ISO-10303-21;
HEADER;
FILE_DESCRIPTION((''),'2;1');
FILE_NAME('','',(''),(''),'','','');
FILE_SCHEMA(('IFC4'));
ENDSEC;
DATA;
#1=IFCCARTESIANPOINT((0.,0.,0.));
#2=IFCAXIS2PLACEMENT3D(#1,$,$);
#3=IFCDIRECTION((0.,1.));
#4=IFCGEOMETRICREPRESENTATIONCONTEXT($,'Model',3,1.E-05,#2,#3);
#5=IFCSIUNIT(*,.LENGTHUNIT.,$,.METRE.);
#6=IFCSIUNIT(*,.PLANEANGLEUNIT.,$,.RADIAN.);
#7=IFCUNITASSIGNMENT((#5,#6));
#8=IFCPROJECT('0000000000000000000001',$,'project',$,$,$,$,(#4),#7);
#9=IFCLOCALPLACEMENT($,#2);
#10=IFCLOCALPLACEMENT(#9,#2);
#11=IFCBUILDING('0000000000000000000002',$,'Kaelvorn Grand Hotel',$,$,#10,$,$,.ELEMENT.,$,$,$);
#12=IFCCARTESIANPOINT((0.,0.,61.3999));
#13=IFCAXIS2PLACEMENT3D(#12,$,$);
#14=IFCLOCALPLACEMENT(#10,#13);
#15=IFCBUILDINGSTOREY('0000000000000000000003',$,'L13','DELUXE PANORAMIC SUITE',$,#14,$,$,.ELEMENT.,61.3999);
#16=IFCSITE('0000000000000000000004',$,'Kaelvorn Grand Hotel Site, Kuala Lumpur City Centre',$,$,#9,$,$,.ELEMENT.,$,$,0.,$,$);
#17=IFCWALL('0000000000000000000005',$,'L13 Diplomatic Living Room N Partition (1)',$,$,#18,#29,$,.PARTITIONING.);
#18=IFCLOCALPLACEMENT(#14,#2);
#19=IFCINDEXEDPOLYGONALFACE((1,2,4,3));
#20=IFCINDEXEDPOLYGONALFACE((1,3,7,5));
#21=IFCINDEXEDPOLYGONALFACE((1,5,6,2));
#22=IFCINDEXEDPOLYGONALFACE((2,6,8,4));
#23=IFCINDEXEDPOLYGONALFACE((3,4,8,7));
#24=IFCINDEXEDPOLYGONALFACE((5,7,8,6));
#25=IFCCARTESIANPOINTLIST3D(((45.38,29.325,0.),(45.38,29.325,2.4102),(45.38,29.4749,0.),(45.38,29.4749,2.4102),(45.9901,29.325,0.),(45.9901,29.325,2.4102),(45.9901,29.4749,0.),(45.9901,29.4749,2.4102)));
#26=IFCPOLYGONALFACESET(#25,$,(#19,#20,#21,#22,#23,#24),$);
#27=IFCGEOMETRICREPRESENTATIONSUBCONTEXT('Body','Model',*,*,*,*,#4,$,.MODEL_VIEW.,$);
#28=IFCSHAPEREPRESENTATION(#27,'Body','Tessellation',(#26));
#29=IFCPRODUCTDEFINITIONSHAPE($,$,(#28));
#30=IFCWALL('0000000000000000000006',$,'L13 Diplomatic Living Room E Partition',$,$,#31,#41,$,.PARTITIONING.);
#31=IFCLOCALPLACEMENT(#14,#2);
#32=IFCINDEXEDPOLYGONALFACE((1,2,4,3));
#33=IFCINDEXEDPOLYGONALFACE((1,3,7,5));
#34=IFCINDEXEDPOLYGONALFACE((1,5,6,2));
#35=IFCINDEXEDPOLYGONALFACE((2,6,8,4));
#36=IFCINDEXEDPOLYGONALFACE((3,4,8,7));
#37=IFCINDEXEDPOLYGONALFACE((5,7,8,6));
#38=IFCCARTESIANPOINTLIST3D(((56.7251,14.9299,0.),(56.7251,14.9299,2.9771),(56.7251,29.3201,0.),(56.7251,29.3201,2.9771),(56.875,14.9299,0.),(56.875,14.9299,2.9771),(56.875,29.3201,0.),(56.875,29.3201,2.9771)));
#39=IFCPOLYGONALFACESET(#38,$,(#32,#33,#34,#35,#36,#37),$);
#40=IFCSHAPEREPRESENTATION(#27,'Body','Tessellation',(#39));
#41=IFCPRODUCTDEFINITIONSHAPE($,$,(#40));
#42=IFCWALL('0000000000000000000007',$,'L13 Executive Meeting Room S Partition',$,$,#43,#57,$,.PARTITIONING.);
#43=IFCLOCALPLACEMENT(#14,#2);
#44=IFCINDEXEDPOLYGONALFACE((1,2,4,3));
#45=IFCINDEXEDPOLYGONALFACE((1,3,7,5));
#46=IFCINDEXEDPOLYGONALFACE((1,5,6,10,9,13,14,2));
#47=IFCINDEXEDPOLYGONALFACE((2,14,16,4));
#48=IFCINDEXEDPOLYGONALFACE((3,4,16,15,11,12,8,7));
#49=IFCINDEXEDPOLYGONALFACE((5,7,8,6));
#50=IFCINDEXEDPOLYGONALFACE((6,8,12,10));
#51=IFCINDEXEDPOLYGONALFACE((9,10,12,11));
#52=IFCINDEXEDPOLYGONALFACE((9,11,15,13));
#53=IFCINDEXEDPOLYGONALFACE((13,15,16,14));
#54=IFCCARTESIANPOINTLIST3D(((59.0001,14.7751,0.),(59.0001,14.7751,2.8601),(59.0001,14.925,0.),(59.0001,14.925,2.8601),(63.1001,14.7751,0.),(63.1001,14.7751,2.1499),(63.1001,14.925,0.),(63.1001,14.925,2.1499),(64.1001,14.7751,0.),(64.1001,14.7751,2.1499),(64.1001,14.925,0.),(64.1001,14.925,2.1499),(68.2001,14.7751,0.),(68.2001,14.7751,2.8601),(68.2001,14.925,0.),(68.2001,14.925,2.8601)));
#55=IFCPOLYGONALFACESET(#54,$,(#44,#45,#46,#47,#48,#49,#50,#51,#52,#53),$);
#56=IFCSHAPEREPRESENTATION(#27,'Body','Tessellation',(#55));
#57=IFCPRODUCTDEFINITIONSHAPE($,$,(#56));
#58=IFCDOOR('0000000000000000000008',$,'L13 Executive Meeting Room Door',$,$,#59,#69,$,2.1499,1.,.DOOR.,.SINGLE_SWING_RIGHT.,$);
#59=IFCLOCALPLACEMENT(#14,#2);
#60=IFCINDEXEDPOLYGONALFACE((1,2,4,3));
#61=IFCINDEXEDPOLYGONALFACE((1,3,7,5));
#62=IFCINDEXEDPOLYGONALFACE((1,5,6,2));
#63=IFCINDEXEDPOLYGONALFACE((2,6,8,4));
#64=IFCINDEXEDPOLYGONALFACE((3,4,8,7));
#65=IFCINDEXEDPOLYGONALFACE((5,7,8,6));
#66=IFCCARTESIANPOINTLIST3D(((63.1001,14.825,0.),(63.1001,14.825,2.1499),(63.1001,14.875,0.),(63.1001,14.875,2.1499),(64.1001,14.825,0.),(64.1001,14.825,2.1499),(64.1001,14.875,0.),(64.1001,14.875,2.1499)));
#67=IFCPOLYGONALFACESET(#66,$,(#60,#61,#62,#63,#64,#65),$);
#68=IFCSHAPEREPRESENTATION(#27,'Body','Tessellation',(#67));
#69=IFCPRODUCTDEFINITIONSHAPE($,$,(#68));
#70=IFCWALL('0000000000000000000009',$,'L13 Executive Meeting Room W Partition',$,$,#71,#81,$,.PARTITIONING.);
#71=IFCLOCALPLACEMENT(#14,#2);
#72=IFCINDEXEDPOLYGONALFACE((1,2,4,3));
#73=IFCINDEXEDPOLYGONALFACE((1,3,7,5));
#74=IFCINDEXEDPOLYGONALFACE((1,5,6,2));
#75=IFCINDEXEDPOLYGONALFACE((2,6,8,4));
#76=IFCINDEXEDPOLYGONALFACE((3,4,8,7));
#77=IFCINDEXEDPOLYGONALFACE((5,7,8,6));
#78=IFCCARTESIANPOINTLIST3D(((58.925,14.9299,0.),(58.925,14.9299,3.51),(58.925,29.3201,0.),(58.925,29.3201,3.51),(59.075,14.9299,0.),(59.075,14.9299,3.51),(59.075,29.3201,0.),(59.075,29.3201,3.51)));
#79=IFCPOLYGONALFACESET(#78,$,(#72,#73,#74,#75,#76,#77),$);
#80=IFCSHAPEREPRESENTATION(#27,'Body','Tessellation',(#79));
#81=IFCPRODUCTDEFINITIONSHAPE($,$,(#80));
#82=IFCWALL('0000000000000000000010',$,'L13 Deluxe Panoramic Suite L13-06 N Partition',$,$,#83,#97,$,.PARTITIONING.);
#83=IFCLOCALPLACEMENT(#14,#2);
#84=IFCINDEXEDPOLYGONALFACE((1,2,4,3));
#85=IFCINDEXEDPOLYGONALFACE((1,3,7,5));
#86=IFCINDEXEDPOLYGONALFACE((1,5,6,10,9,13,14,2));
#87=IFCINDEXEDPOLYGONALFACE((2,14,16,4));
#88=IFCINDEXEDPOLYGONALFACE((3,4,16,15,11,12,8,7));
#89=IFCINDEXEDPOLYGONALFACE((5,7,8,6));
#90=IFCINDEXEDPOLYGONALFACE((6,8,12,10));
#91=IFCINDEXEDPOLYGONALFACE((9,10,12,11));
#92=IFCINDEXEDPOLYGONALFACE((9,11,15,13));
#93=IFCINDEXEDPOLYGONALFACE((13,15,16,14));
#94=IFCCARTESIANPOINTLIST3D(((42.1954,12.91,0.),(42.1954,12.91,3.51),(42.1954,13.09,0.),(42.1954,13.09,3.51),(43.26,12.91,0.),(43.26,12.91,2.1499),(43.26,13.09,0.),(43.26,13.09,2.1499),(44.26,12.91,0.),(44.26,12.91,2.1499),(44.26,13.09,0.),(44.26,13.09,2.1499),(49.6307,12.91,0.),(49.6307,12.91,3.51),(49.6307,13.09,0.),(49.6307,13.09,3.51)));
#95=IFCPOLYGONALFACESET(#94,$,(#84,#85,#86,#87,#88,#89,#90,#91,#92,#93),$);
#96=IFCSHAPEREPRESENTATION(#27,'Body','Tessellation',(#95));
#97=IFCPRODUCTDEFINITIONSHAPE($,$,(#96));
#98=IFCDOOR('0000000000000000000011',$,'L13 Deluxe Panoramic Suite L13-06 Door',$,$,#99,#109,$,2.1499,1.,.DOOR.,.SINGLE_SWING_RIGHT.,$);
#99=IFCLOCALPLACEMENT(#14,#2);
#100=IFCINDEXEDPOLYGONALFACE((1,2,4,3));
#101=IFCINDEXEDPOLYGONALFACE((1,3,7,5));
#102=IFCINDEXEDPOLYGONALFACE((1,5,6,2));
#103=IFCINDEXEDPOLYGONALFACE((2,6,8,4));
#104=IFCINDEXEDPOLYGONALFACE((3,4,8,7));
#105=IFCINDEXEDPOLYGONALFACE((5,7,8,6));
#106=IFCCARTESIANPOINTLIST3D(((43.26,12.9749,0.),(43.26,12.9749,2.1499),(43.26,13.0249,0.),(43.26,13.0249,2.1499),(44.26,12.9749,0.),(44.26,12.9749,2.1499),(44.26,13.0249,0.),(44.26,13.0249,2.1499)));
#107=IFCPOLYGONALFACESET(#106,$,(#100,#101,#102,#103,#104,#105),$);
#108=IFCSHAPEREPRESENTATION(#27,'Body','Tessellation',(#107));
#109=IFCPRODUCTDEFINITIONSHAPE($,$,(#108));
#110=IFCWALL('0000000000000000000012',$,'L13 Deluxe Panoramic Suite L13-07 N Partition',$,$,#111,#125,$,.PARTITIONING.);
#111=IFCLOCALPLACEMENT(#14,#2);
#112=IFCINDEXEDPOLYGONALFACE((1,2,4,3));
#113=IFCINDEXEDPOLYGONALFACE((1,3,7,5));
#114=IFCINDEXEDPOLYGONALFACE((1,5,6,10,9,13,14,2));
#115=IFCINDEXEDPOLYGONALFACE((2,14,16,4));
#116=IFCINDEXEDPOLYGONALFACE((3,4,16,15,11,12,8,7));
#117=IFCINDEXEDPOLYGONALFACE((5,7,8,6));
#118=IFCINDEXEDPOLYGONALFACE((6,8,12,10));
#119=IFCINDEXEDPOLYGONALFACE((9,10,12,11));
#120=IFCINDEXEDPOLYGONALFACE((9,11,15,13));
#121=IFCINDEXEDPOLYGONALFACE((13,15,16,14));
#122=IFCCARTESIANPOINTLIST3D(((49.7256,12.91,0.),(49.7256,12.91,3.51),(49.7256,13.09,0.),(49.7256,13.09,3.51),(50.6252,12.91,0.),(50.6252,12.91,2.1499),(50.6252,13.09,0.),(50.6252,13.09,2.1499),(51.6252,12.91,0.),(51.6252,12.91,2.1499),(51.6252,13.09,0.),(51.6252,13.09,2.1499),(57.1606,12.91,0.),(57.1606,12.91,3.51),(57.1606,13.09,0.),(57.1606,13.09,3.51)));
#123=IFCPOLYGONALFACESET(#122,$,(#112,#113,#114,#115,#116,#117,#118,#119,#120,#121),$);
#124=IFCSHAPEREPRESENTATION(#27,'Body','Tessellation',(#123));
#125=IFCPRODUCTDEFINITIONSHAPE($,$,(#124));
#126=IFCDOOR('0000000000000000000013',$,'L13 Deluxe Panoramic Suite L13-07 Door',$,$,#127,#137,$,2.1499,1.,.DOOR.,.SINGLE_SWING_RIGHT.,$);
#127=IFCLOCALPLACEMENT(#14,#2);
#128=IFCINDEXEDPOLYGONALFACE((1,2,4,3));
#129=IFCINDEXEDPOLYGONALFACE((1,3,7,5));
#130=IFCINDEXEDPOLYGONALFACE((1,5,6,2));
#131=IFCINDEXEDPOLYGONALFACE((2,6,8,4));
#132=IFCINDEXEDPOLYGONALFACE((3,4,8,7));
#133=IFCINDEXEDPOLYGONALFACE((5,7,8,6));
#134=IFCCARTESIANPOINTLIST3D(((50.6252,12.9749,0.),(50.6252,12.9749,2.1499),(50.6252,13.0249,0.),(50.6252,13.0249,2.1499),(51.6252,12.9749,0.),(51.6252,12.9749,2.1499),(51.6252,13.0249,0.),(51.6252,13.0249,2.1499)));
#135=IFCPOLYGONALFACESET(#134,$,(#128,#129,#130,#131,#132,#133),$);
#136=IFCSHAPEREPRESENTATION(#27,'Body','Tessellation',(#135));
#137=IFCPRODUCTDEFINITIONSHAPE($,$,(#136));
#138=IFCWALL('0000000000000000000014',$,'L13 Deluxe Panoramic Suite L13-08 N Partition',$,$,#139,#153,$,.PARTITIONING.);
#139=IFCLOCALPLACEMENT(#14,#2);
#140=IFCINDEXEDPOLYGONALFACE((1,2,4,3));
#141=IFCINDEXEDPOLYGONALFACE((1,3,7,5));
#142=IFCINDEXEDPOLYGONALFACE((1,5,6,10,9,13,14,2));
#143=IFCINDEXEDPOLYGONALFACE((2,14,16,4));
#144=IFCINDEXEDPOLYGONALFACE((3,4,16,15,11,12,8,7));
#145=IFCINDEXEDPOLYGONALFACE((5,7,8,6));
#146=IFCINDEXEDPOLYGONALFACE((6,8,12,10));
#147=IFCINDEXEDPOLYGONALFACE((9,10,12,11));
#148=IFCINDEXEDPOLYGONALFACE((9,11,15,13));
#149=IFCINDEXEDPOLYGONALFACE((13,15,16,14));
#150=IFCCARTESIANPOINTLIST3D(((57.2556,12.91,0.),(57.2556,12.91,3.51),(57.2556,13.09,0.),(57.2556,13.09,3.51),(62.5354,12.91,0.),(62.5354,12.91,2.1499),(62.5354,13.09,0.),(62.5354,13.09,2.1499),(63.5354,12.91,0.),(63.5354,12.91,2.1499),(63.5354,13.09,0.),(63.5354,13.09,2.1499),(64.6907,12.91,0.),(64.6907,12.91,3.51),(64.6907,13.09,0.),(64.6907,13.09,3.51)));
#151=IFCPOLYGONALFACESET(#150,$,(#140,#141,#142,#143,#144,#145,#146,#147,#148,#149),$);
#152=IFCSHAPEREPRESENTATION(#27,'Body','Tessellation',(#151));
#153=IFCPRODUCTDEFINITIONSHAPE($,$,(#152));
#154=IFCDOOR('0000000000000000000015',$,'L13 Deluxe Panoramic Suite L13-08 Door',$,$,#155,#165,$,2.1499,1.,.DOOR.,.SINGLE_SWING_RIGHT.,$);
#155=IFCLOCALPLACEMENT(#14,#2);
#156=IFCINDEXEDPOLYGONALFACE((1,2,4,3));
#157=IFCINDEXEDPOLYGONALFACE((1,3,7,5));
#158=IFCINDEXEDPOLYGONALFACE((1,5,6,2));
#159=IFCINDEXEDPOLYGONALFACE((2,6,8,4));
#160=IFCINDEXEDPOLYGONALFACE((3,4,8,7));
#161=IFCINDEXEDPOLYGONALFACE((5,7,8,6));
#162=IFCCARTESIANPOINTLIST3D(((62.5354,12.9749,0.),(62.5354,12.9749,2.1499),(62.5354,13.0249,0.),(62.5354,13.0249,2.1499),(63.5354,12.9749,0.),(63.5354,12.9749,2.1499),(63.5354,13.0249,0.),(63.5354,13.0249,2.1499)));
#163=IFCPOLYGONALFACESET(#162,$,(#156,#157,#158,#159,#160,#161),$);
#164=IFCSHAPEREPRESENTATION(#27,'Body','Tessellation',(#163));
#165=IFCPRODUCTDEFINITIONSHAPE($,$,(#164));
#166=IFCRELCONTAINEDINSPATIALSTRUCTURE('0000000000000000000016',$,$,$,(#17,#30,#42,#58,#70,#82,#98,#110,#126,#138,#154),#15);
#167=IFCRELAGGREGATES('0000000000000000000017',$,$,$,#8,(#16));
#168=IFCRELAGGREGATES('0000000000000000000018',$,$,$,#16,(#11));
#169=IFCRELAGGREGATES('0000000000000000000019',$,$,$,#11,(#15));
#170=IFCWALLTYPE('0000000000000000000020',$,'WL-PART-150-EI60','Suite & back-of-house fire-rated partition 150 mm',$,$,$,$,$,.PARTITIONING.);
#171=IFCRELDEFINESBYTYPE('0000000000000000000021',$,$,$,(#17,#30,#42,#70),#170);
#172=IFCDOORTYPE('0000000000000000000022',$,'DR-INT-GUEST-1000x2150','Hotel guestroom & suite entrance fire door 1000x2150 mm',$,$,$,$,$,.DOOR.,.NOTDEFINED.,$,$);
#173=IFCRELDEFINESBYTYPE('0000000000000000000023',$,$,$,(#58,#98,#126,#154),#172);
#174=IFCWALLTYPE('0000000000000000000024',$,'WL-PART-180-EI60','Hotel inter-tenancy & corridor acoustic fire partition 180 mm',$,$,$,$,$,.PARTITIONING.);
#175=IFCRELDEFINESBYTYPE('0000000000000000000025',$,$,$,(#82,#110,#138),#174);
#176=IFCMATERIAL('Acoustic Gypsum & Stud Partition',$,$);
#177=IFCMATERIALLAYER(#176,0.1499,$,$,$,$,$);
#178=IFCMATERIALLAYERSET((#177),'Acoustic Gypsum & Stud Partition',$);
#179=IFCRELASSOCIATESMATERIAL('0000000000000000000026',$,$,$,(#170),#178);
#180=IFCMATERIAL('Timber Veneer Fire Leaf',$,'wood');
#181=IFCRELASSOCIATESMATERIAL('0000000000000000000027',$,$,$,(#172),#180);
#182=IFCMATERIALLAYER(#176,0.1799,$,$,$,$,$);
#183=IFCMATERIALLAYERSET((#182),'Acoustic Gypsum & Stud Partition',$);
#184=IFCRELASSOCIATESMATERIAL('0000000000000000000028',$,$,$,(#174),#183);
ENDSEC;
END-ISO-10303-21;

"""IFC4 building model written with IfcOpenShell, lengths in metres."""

from ifc_helpers import new_model, si_unit, direction, frame, frame_2d, origin, place, context, subcontext, project, spatial, rectangle, extrude, material, layer, layer_set, type_object, element, fill, save


model = new_model("IFC4")

# Units and contexts
model_context = context("Model", 3, precision=1e-05, world=origin(), true_north=direction((0.0, 1.0)))
body_context = subcontext(model_context, "Body", "Model", "MODEL_VIEW")
ifc_project = project(units=[si_unit("LENGTHUNIT", "METRE"), si_unit("PLANEANGLEUNIT", "RADIAN")], contexts=[model_context])

# Site, building, storey
site_placement = place(None, origin())
site = spatial("IfcSite", under=ifc_project, at=site_placement, Name="Kaelvorn Grand Hotel Site, Kuala Lumpur City Centre", CompositionType="ELEMENT", RefElevation=0.0)
building_placement = place(site_placement, origin())
building = spatial("IfcBuilding", under=site, at=building_placement, Name="Kaelvorn Grand Hotel", CompositionType="ELEMENT")
storey_placement = place(building_placement, frame((0.0, 0.0, 61.3999)))
storey = spatial("IfcBuildingStorey", under=building, at=storey_placement, Name="L13", Description="DELUXE PANORAMIC SUITE", CompositionType="ELEMENT", Elevation=61.3999)

# Shared definitions
ifc_material_1 = material(Name="Acoustic Gypsum & Stud Partition")
ifc_layer_1 = layer(ifc_material_1, 0.1499)
ifc_layer_set_1 = layer_set([ifc_layer_1], Name="Acoustic Gypsum & Stud Partition")
wall_type_1 = type_object("IfcWallType", Name="WL-PART-150-EI60", Description="Suite & back-of-house fire-rated partition 150 mm", PredefinedType="PARTITIONING", material=ifc_layer_set_1)

# Shared definitions
ifc_material_2 = material(Name="Timber Veneer Fire Leaf", Category="wood")
door_type_1 = type_object("IfcDoorType", Name="DR-INT-GUEST-1000x2150", Description="Hotel guestroom & suite entrance fire door 1000x2150 mm", OperationType="NOTDEFINED", PredefinedType="DOOR", material=ifc_material_2)

# Walls
wall_1_placement = place(storey_placement, frame((45.3799, 29.3999, 0.0), z_axis=(0.0, 0.0, 1.0), x_axis=(1.0, 0.0, 0.0)))
element("IfcWall", 1, at=wall_1_placement, inside=storey, type_object=wall_type_1, Name="L13 Diplomatic Living Room N Partition (1)", PredefinedType="PARTITIONING", context=body_context, shape_type="SweptSolid", body=[
    extrude(rectangle(XDim=0.6101, YDim=0.1499, at=frame_2d((0.3052, 0.0))), origin(), (0.0, 0.0, 1.0), 2.4102),
])
wall_2_placement = place(storey_placement, frame((56.8, 14.9299, 0.0), z_axis=(0.0, 0.0, 1.0), x_axis=(0.0, 1.0, 0.0)))
element("IfcWall", 2, at=wall_2_placement, inside=storey, type_object=wall_type_1, Name="L13 Diplomatic Living Room E Partition", PredefinedType="PARTITIONING", context=body_context, shape_type="SweptSolid", body=[
    extrude(rectangle(XDim=14.3901, YDim=0.1499, at=frame_2d((7.1951, 0.0))), origin(), (0.0, 0.0, 1.0), 2.9771),
])

# Wall, opening, door
wall_3_placement = place(storey_placement, frame((59.0, 14.8501, 0.0), z_axis=(0.0, 0.0, 1.0), x_axis=(1.0, 0.0, 0.0)))
wall_3 = element("IfcWall", 3, at=wall_3_placement, inside=storey, type_object=wall_type_1, Name="L13 Executive Meeting Room S Partition", PredefinedType="PARTITIONING", context=body_context, shape_type="SweptSolid", body=[
    extrude(rectangle(XDim=9.2, YDim=0.1499, at=frame_2d((4.6001, 0.0))), origin(), (0.0, 0.0, 1.0), 2.8601),
])
opening_1_placement = place(wall_3_placement, frame((4.1001, 0.0, 0.0)))
opening_1 = element("IfcOpeningElement", 4, at=opening_1_placement, cuts=wall_3, PredefinedType="OPENING", context=body_context, shape_type="SweptSolid", body=[
    extrude(rectangle(XDim=1.0, YDim=2.1499, at=frame_2d((0.5, 1.075))), frame((0.0, 0.085, 0.0), z_axis=(0.0, -1.0, 0.0), x_axis=(1.0, 0.0, 0.0)), (0.0, 0.0, 1.0), 0.1699),
])
door_1_placement = place(opening_1_placement, origin())
door_1 = element("IfcDoor", 5, at=door_1_placement, inside=storey, type_object=door_type_1, Name="L13 Executive Meeting Room Door", OperationType="SINGLE_SWING_RIGHT", OverallHeight=2.1499, OverallWidth=1.0, PredefinedType="DOOR", context=body_context, shape_type="SweptSolid", body=[
    extrude(rectangle(XDim=1.0, YDim=2.1499, at=frame_2d((0.5, 1.075))), frame((0.0, 0.0249, 0.0), z_axis=(0.0, -1.0, 0.0), x_axis=(1.0, 0.0, 0.0)), (0.0, 0.0, 1.0), 0.05),
])
fill(opening_1, door_1)

# Wall
wall_4_placement = place(storey_placement, frame((59.0, 14.9299, 0.0), z_axis=(0.0, 0.0, 1.0), x_axis=(0.0, 1.0, 0.0)))
element("IfcWall", 6, at=wall_4_placement, inside=storey, type_object=wall_type_1, Name="L13 Executive Meeting Room W Partition", PredefinedType="PARTITIONING", context=body_context, shape_type="SweptSolid", body=[
    extrude(rectangle(XDim=14.3901, YDim=0.1499, at=frame_2d((7.1951, 0.0))), origin(), (0.0, 0.0, 1.0), 3.51),
])

# Walls, openings, doors
ifc_layer_2 = layer(ifc_material_1, 0.1799)
ifc_layer_set_2 = layer_set([ifc_layer_2], Name="Acoustic Gypsum & Stud Partition")
wall_type_2 = type_object("IfcWallType", Name="WL-PART-180-EI60", Description="Hotel inter-tenancy & corridor acoustic fire partition 180 mm", PredefinedType="PARTITIONING", material=ifc_layer_set_2)
wall_5_placement = place(storey_placement, frame((42.1953, 13.0, 0.0), z_axis=(0.0, 0.0, 1.0), x_axis=(1.0, 0.0, 0.0)))
wall_5 = element("IfcWall", 7, at=wall_5_placement, inside=storey, type_object=wall_type_2, Name="L13 Deluxe Panoramic Suite L13-06 N Partition", PredefinedType="PARTITIONING", context=body_context, shape_type="SweptSolid", body=[
    extrude(rectangle(XDim=7.4353, YDim=0.1799, at=frame_2d((3.7178, 0.0))), origin(), (0.0, 0.0, 1.0), 3.51),
])
opening_2_placement = place(wall_5_placement, frame((1.0647, 0.0, 0.0)))
opening_2 = element("IfcOpeningElement", 8, at=opening_2_placement, cuts=wall_5, PredefinedType="OPENING", context=body_context, shape_type="SweptSolid", body=[
    extrude(rectangle(XDim=1.0, YDim=2.1499, at=frame_2d((0.5, 1.075))), frame((0.0, 0.1001, 0.0), z_axis=(0.0, -1.0, 0.0), x_axis=(1.0, 0.0, 0.0)), (0.0, 0.0, 1.0), 0.2),
])
door_2_placement = place(opening_2_placement, origin())
door_2 = element("IfcDoor", 9, at=door_2_placement, inside=storey, type_object=door_type_1, Name="L13 Deluxe Panoramic Suite L13-06 Door", OperationType="SINGLE_SWING_RIGHT", OverallHeight=2.1499, OverallWidth=1.0, PredefinedType="DOOR", context=body_context, shape_type="SweptSolid", body=[
    extrude(rectangle(XDim=1.0, YDim=2.1499, at=frame_2d((0.5, 1.075))), frame((0.0, 0.0249, 0.0), z_axis=(0.0, -1.0, 0.0), x_axis=(1.0, 0.0, 0.0)), (0.0, 0.0, 1.0), 0.05),
])
fill(opening_2, door_2)
wall_6_placement = place(storey_placement, frame((49.7256, 13.0, 0.0), z_axis=(0.0, 0.0, 1.0), x_axis=(1.0, 0.0, 0.0)))
wall_6 = element("IfcWall", 10, at=wall_6_placement, inside=storey, type_object=wall_type_2, Name="L13 Deluxe Panoramic Suite L13-07 N Partition", PredefinedType="PARTITIONING", context=body_context, shape_type="SweptSolid", body=[
    extrude(rectangle(XDim=7.4351, YDim=0.1799, at=frame_2d((3.7175, 0.0))), origin(), (0.0, 0.0, 1.0), 3.51),
])
opening_3_placement = place(wall_6_placement, frame((0.8997, 0.0, 0.0)))
opening_3 = element("IfcOpeningElement", 11, at=opening_3_placement, cuts=wall_6, PredefinedType="OPENING", context=body_context, shape_type="SweptSolid", body=[
    extrude(rectangle(XDim=1.0, YDim=2.1499, at=frame_2d((0.5, 1.075))), frame((0.0, 0.1001, 0.0), z_axis=(0.0, -1.0, 0.0), x_axis=(1.0, 0.0, 0.0)), (0.0, 0.0, 1.0), 0.2),
])
door_3_placement = place(opening_3_placement, origin())
door_3 = element("IfcDoor", 12, at=door_3_placement, inside=storey, type_object=door_type_1, Name="L13 Deluxe Panoramic Suite L13-07 Door", OperationType="SINGLE_SWING_RIGHT", OverallHeight=2.1499, OverallWidth=1.0, PredefinedType="DOOR", context=body_context, shape_type="SweptSolid", body=[
    extrude(rectangle(XDim=1.0, YDim=2.1499, at=frame_2d((0.5, 1.075))), frame((0.0, 0.0249, 0.0), z_axis=(0.0, -1.0, 0.0), x_axis=(1.0, 0.0, 0.0)), (0.0, 0.0, 1.0), 0.05),
])
fill(opening_3, door_3)
wall_7_placement = place(storey_placement, frame((57.2556, 13.0, 0.0), z_axis=(0.0, 0.0, 1.0), x_axis=(1.0, 0.0, 0.0)))
wall_7 = element("IfcWall", 13, at=wall_7_placement, inside=storey, type_object=wall_type_2, Name="L13 Deluxe Panoramic Suite L13-08 N Partition", PredefinedType="PARTITIONING", context=body_context, shape_type="SweptSolid", body=[
    extrude(rectangle(XDim=7.4351, YDim=0.1799, at=frame_2d((3.7175, 0.0))), origin(), (0.0, 0.0, 1.0), 3.51),
])
opening_4_placement = place(wall_7_placement, frame((5.2798, 0.0, 0.0)))
opening_4 = element("IfcOpeningElement", 14, at=opening_4_placement, cuts=wall_7, PredefinedType="OPENING", context=body_context, shape_type="SweptSolid", body=[
    extrude(rectangle(XDim=1.0, YDim=2.1499, at=frame_2d((0.5, 1.075))), frame((0.0, 0.1001, 0.0), z_axis=(0.0, -1.0, 0.0), x_axis=(1.0, 0.0, 0.0)), (0.0, 0.0, 1.0), 0.2),
])
door_4_placement = place(opening_4_placement, origin())
door_4 = element("IfcDoor", 15, at=door_4_placement, inside=storey, type_object=door_type_1, Name="L13 Deluxe Panoramic Suite L13-08 Door", OperationType="SINGLE_SWING_RIGHT", OverallHeight=2.1499, OverallWidth=1.0, PredefinedType="DOOR", context=body_context, shape_type="SweptSolid", body=[
    extrude(rectangle(XDim=1.0, YDim=2.1499, at=frame_2d((0.5, 1.075))), frame((0.0, 0.0249, 0.0), z_axis=(0.0, -1.0, 0.0), x_axis=(1.0, 0.0, 0.0)), (0.0, 0.0, 1.0), 0.05),
])
fill(opening_4, door_4)

save(model, "model.ifc")
